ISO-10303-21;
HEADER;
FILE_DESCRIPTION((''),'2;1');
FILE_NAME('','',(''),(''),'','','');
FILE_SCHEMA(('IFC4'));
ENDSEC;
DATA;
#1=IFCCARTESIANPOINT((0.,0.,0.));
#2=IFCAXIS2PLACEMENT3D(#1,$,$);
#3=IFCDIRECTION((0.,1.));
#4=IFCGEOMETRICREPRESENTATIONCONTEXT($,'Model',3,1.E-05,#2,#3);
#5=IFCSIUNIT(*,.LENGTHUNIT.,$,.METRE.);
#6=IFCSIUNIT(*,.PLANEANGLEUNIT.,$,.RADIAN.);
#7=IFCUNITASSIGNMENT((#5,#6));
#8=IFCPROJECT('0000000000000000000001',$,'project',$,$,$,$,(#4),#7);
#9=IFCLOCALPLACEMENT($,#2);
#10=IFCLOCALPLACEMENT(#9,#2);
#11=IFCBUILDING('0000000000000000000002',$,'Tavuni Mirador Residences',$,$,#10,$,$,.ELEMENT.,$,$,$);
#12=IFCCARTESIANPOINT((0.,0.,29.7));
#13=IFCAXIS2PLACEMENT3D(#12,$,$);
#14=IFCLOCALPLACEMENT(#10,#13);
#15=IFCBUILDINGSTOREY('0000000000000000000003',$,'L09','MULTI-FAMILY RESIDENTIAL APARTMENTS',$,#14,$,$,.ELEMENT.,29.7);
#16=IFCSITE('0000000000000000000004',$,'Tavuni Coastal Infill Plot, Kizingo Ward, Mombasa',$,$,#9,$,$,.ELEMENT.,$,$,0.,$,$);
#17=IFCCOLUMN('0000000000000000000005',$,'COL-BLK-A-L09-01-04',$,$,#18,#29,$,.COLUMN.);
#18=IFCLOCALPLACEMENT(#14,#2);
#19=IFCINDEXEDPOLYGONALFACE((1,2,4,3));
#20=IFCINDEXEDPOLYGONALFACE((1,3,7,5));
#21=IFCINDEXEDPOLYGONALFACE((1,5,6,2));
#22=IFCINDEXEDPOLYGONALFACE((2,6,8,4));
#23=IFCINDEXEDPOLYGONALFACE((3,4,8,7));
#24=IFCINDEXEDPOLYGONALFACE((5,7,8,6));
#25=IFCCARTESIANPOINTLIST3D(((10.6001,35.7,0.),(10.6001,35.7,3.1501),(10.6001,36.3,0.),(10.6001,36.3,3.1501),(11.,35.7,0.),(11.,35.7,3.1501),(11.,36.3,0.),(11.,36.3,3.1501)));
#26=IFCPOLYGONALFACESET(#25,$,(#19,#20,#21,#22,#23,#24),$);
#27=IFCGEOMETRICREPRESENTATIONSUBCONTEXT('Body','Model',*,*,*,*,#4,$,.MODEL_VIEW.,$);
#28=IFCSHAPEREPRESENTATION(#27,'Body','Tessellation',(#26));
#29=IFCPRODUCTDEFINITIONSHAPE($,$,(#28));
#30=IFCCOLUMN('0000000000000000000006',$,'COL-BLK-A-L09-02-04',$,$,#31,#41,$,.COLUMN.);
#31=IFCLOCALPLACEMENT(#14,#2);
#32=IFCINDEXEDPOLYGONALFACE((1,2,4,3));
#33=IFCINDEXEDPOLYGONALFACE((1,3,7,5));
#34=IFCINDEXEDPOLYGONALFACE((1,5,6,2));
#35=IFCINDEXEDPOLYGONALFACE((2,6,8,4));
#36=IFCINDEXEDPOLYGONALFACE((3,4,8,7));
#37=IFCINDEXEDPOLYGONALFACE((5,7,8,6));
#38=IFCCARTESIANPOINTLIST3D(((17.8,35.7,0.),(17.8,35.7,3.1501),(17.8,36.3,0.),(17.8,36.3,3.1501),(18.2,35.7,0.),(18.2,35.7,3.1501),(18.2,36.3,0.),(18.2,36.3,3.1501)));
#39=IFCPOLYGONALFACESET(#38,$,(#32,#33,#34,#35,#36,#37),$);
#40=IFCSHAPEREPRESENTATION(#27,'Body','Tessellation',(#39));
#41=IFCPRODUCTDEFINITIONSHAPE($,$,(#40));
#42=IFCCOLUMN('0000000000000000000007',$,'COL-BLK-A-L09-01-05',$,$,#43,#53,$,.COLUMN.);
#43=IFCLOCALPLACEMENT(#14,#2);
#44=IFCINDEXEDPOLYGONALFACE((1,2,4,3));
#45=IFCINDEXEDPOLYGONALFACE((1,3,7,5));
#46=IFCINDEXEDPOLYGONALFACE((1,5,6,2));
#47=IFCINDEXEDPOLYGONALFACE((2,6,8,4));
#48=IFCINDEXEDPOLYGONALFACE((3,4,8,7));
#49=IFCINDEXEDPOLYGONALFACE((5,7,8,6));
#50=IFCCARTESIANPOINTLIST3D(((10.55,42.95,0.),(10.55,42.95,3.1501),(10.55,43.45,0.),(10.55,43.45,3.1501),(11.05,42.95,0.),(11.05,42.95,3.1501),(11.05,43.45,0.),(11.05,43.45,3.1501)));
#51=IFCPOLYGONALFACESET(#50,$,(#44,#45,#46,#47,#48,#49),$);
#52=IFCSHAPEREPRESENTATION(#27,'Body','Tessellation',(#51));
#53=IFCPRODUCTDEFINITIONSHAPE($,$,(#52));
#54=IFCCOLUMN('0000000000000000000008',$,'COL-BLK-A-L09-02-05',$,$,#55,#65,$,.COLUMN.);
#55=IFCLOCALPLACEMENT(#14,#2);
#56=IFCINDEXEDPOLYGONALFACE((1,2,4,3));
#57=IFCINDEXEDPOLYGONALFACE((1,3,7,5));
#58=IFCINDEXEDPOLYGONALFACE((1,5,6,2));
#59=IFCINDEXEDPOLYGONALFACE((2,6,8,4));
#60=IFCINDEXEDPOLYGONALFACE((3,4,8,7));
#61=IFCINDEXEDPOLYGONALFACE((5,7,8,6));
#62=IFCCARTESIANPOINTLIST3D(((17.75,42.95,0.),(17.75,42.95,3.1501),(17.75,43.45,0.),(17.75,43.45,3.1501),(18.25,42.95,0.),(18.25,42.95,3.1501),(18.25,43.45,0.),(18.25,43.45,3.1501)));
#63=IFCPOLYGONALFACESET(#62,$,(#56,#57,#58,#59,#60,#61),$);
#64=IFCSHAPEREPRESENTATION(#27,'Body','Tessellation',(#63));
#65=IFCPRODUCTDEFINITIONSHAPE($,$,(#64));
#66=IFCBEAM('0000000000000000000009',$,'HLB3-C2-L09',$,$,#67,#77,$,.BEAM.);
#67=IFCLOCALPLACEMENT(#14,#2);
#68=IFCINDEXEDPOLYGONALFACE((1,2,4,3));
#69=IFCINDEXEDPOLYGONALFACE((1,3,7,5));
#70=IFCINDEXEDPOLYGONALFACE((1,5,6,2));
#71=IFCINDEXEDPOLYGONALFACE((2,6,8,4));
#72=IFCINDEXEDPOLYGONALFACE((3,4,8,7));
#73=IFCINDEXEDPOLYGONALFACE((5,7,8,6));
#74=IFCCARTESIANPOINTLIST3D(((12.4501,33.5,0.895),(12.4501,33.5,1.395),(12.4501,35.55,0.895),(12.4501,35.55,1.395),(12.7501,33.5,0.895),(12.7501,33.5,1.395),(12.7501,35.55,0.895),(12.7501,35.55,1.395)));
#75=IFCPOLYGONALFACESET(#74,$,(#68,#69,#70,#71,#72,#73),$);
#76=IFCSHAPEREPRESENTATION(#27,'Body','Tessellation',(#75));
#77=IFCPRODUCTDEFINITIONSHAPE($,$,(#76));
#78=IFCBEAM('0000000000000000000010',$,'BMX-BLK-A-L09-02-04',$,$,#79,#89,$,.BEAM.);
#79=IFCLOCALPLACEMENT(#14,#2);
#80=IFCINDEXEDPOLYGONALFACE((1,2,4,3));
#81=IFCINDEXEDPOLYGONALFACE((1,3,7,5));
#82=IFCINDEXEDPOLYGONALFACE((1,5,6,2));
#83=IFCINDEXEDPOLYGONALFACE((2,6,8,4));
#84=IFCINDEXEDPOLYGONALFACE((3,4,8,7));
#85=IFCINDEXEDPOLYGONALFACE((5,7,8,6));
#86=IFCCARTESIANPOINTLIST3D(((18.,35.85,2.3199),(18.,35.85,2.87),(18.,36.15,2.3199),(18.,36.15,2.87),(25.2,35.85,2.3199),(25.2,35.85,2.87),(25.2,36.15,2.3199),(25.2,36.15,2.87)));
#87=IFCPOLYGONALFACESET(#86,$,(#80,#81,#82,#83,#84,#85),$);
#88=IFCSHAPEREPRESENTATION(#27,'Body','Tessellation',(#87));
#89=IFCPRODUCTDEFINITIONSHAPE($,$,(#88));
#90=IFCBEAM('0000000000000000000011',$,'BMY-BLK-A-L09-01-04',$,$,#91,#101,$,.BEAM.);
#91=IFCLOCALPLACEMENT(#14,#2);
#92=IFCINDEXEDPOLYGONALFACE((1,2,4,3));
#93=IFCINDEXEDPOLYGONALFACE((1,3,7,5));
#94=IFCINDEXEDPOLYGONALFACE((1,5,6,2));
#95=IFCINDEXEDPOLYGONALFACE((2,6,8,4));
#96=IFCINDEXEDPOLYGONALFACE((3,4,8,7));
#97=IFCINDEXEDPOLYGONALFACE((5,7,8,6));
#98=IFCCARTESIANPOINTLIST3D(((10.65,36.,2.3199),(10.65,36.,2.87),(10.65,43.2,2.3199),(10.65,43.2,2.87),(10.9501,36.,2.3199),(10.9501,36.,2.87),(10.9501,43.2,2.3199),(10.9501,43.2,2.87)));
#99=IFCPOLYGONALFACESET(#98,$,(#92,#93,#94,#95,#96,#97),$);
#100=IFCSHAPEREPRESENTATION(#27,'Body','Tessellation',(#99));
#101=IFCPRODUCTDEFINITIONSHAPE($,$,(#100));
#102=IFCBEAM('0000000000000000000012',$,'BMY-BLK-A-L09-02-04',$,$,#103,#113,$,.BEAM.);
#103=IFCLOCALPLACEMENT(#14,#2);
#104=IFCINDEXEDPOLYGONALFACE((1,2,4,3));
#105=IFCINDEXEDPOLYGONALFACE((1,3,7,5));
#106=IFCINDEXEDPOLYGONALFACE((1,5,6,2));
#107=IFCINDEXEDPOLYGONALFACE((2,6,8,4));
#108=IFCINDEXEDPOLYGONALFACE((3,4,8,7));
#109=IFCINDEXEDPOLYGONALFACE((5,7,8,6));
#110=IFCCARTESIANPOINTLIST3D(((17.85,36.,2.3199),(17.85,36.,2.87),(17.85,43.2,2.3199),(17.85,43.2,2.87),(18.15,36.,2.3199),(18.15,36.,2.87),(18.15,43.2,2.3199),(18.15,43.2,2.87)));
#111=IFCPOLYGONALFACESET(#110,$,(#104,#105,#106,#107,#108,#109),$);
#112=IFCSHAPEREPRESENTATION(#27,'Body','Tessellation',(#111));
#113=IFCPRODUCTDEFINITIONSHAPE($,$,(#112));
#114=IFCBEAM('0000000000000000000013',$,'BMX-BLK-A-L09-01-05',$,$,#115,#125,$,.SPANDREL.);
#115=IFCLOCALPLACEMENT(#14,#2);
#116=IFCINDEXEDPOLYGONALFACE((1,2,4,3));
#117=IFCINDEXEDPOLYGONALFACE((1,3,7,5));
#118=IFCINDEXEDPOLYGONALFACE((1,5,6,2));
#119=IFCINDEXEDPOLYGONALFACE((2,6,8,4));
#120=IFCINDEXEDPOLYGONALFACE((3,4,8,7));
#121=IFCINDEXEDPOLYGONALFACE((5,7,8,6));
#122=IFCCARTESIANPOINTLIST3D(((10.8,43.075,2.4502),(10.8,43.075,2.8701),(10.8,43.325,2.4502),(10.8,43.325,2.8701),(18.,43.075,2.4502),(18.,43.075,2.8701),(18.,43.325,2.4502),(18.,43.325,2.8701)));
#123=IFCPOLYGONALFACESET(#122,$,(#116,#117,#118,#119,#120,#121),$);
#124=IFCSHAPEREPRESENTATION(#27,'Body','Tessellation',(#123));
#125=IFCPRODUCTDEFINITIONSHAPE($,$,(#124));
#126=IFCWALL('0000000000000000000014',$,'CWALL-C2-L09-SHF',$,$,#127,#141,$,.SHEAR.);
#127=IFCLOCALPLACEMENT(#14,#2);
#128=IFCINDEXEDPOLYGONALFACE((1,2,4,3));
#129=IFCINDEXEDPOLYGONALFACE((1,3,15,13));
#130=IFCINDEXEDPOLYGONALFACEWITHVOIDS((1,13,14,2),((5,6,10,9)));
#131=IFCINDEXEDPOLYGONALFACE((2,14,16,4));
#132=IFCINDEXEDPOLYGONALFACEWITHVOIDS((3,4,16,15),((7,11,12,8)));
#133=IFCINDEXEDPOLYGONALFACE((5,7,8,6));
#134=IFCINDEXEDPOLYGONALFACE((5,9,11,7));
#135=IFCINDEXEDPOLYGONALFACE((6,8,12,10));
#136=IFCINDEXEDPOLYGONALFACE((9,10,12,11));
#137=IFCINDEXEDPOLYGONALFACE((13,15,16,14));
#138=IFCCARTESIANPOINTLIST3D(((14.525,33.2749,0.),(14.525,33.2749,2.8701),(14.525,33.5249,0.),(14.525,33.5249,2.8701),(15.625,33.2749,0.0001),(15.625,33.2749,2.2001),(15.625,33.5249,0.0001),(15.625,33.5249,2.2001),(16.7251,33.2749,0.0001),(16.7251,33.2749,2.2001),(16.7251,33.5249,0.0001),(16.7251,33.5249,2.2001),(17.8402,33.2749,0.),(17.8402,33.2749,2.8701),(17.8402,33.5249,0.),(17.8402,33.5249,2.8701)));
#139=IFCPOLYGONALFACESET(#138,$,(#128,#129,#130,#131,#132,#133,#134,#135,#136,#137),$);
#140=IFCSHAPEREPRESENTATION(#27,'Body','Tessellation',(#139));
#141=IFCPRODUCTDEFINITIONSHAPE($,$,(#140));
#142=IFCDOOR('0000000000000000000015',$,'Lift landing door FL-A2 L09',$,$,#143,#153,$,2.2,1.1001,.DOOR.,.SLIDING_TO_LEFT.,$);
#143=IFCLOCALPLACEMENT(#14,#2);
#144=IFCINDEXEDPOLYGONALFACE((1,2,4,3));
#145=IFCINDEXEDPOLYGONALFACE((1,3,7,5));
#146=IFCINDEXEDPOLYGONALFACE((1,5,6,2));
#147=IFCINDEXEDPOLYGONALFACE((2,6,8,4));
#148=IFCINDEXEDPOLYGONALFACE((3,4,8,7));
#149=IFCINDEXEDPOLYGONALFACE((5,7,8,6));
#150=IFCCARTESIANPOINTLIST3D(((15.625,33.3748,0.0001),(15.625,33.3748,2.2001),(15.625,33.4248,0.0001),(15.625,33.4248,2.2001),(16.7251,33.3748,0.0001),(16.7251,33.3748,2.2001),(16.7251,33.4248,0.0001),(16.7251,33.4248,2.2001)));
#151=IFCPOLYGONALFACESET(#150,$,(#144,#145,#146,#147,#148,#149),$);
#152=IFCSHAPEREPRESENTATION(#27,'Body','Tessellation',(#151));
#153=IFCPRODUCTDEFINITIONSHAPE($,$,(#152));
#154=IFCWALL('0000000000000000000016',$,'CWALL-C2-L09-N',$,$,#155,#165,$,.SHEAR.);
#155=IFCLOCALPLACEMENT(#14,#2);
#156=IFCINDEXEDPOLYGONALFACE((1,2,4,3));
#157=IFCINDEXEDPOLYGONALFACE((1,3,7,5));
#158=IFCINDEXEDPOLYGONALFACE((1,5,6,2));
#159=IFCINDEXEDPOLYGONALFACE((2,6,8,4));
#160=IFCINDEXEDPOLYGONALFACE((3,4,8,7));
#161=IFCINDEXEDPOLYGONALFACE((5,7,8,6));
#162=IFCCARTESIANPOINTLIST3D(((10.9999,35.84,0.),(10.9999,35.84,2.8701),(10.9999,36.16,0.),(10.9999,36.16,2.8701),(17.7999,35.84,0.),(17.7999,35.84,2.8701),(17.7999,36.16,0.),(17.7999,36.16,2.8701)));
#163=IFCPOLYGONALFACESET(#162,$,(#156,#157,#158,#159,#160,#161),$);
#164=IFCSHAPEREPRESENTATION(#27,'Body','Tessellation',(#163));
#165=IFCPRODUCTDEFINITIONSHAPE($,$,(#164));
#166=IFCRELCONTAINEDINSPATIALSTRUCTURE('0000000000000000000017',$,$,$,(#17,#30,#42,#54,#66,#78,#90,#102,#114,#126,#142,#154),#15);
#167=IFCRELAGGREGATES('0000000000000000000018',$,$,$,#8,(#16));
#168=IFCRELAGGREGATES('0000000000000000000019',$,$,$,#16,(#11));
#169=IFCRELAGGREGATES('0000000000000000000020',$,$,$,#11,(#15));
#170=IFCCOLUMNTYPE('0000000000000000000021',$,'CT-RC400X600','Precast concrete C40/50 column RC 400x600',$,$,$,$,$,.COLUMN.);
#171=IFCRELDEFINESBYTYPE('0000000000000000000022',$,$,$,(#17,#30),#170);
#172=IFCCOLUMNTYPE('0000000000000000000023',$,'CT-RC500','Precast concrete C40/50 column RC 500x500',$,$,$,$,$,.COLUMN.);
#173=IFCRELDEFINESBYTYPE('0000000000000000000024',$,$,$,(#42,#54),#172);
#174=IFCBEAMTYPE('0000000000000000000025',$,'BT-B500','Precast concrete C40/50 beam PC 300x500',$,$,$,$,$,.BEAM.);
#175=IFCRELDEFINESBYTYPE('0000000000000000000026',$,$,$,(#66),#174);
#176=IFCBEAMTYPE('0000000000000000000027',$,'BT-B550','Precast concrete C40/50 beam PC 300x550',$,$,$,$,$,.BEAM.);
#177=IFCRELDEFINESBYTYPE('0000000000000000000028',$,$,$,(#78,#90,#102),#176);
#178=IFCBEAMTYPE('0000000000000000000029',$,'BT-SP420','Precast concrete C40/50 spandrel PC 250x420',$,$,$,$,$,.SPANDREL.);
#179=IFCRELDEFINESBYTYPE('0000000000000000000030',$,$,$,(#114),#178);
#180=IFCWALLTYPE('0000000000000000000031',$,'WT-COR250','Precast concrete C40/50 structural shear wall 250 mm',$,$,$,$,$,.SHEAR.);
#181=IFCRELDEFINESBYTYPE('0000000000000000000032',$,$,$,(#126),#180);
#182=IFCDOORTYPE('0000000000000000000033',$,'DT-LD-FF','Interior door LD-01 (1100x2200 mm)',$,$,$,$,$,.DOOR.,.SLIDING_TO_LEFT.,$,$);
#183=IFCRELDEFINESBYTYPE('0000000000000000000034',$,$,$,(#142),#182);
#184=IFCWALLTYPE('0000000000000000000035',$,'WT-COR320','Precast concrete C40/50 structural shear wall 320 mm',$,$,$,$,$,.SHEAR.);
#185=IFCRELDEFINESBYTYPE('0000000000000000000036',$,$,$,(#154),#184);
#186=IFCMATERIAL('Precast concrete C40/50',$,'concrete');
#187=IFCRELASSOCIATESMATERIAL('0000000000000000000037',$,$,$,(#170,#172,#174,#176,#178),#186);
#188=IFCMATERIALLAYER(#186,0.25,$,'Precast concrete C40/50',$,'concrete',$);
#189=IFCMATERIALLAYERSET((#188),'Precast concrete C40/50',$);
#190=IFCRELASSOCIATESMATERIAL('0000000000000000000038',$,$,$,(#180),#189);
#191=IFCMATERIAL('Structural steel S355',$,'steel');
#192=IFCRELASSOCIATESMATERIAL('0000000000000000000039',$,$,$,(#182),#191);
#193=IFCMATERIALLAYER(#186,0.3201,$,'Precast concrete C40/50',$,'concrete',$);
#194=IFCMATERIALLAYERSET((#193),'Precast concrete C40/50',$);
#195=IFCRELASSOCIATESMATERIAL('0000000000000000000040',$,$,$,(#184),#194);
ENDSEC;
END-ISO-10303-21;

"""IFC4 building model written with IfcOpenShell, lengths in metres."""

from ifc_helpers import new_model, si_unit, direction, frame, frame_2d, origin, origin_2d, place, context, subcontext, project, spatial, rectangle, extrude, material, layer, layer_set, material_profile, profile_set, type_object, element, fill, save


model = new_model("IFC4")

# Units and contexts
model_context = context("Model", 3, precision=1e-05, world=origin(), true_north=direction((0.0, 1.0)))
body_context = subcontext(model_context, "Body", "Model", "MODEL_VIEW")
ifc_project = project(units=[si_unit("LENGTHUNIT", "METRE"), si_unit("PLANEANGLEUNIT", "RADIAN")], contexts=[model_context])

# Site, building, storey
site_placement = place(None, origin())
site = spatial("IfcSite", under=ifc_project, at=site_placement, Name="Tavuni Coastal Infill Plot, Kizingo Ward, Mombasa", CompositionType="ELEMENT", RefElevation=0.0)
building_placement = place(site_placement, origin())
building = spatial("IfcBuilding", under=site, at=building_placement, Name="Tavuni Mirador Residences", CompositionType="ELEMENT")
storey_placement = place(building_placement, frame((0.0, 0.0, 29.7)))
storey = spatial("IfcBuildingStorey", under=building, at=storey_placement, Name="L09", Description="MULTI-FAMILY RESIDENTIAL APARTMENTS", CompositionType="ELEMENT", Elevation=29.7)

# Columns
ifc_material_1 = material(Name="Precast concrete C40/50", Category="concrete")
ifc_material_profile_1 = material_profile(ifc_material_1, rectangle(XDim=0.3999, YDim=0.6001, at=origin_2d()), Name="RC 400x600", Category="concrete")
ifc_profile_set_1 = profile_set([ifc_material_profile_1], Name="Precast concrete C40/50")
column_type_1 = type_object("IfcColumnType", Name="CT-RC400X600", Description="Precast concrete C40/50 column RC 400x600", PredefinedType="COLUMN", material=ifc_profile_set_1)
for number, where, z_axis, x_axis, name in (
    (1, (10.8, 36.0, 0.0), (0.0, 0.0, 1.0), (1.0, 0.0, 0.0), "COL-BLK-A-L09-01-04"),
    (2, (18.0, 36.0, 0.0), (0.0, 0.0, 1.0), (1.0, 0.0, 0.0), "COL-BLK-A-L09-02-04"),
):
    element("IfcColumn", number, at=place(storey_placement, frame(where, z_axis=z_axis, x_axis=x_axis)), inside=storey, type_object=column_type_1, Name=name, PredefinedType="COLUMN", context=body_context, shape_type="SweptSolid", body=[
        extrude(rectangle(XDim=0.3999, YDim=0.6001, at=origin_2d()), origin(), (0.0, 0.0, 1.0), 3.1501),
    ])
ifc_material_profile_2 = material_profile(ifc_material_1, rectangle(XDim=0.5, YDim=0.5, at=origin_2d()), Name="RC 500x500", Category="concrete")
ifc_profile_set_2 = profile_set([ifc_material_profile_2], Name="Precast concrete C40/50")
column_type_2 = type_object("IfcColumnType", Name="CT-RC500", Description="Precast concrete C40/50 column RC 500x500", PredefinedType="COLUMN", material=ifc_profile_set_2)
for number, where, z_axis, x_axis, name in (
    (3, (10.8, 43.2, 0.0), (0.0, 0.0, 1.0), (1.0, 0.0, 0.0), "COL-BLK-A-L09-01-05"),
    (4, (18.0, 43.2, 0.0), (0.0, 0.0, 1.0), (1.0, 0.0, 0.0), "COL-BLK-A-L09-02-05"),
):
    element("IfcColumn", number, at=place(storey_placement, frame(where, z_axis=z_axis, x_axis=x_axis)), inside=storey, type_object=column_type_2, Name=name, PredefinedType="COLUMN", context=body_context, shape_type="SweptSolid", body=[
        extrude(rectangle(XDim=0.5, YDim=0.5, at=origin_2d()), origin(), (0.0, 0.0, 1.0), 3.1501),
    ])

# Beams
ifc_material_profile_3 = material_profile(ifc_material_1, rectangle(XDim=0.3, YDim=0.5, at=origin_2d()), Name="PC 300x500", Category="concrete")
ifc_profile_set_3 = profile_set([ifc_material_profile_3], Name="Precast concrete C40/50")
beam_type_1 = type_object("IfcBeamType", Name="BT-B500", Description="Precast concrete C40/50 beam PC 300x500", PredefinedType="BEAM", material=ifc_profile_set_3)
beam_1_placement = place(storey_placement, frame((12.6001, 33.5, 1.145), z_axis=(0.0, 1.0, 0.0), x_axis=(-1.0, 0.0, 0.0)))
element("IfcBeam", 5, at=beam_1_placement, inside=storey, type_object=beam_type_1, Name="HLB3-C2-L09", PredefinedType="BEAM", context=body_context, shape_type="SweptSolid", body=[
    extrude(rectangle(XDim=0.3, YDim=0.5, at=origin_2d()), origin(), (0.0, 0.0, 1.0), 2.05),
])
ifc_material_profile_4 = material_profile(ifc_material_1, rectangle(XDim=0.3, YDim=0.55, at=origin_2d()), Name="PC 300x550", Category="concrete")
ifc_profile_set_4 = profile_set([ifc_material_profile_4], Name="Precast concrete C40/50")
beam_type_2 = type_object("IfcBeamType", Name="BT-B550", Description="Precast concrete C40/50 beam PC 300x550", PredefinedType="BEAM", material=ifc_profile_set_4)
for number, where, z_axis, x_axis, name in (
    (6, (18.0, 36.0, 2.595), (1.0, 0.0, 0.0), (0.0, 1.0, 0.0), "BMX-BLK-A-L09-02-04"),
    (7, (10.8, 36.0, 2.595), (0.0, 1.0, 0.0), (-1.0, 0.0, 0.0), "BMY-BLK-A-L09-01-04"),
    (8, (18.0, 36.0, 2.595), (0.0, 1.0, 0.0), (-1.0, 0.0, 0.0), "BMY-BLK-A-L09-02-04"),
):
    element("IfcBeam", number, at=place(storey_placement, frame(where, z_axis=z_axis, x_axis=x_axis)), inside=storey, type_object=beam_type_2, Name=name, PredefinedType="BEAM", context=body_context, shape_type="SweptSolid", body=[
        extrude(rectangle(XDim=0.3, YDim=0.55, at=origin_2d()), origin(), (0.0, 0.0, 1.0), 7.2),
    ])
ifc_material_profile_5 = material_profile(ifc_material_1, rectangle(XDim=0.25, YDim=0.4199, at=origin_2d()), Name="PC 250x420", Category="concrete")
ifc_profile_set_5 = profile_set([ifc_material_profile_5], Name="Precast concrete C40/50")
beam_type_3 = type_object("IfcBeamType", Name="BT-SP420", Description="Precast concrete C40/50 spandrel PC 250x420", PredefinedType="SPANDREL", material=ifc_profile_set_5)
beam_2_placement = place(storey_placement, frame((10.8, 43.2, 2.6602), z_axis=(1.0, 0.0, 0.0), x_axis=(0.0, 1.0, 0.0)))
element("IfcBeam", 9, at=beam_2_placement, inside=storey, type_object=beam_type_3, Name="BMX-BLK-A-L09-01-05", PredefinedType="SPANDREL", context=body_context, shape_type="SweptSolid", body=[
    extrude(rectangle(XDim=0.25, YDim=0.4199, at=origin_2d()), origin(), (0.0, 0.0, 1.0), 7.2),
])

# Wall, opening, door
ifc_layer_1 = layer(ifc_material_1, 0.25, Name="Precast concrete C40/50", Category="concrete")
ifc_layer_set_1 = layer_set([ifc_layer_1], Name="Precast concrete C40/50")
wall_type_1 = type_object("IfcWallType", Name="WT-COR250", Description="Precast concrete C40/50 structural shear wall 250 mm", PredefinedType="SHEAR", material=ifc_layer_set_1)
wall_1_placement = place(storey_placement, frame((14.5249, 33.3999, 0.0), z_axis=(0.0, 0.0, 1.0), x_axis=(1.0, 0.0, 0.0)))
wall_1 = element("IfcWall", 10, at=wall_1_placement, inside=storey, type_object=wall_type_1, Name="CWALL-C2-L09-SHF", PredefinedType="SHEAR", context=body_context, shape_type="SweptSolid", body=[
    extrude(rectangle(XDim=3.3152, YDim=0.25, at=frame_2d((1.6577, 0.0))), origin(), (0.0, 0.0, 1.0), 2.8701),
])
opening_1_placement = place(wall_1_placement, frame((1.1001, 0.0, 0.0)))
opening_1 = element("IfcOpeningElement", 11, at=opening_1_placement, cuts=wall_1, PredefinedType="OPENING", context=body_context, shape_type="SweptSolid", body=[
    extrude(rectangle(XDim=1.1001, YDim=2.2, at=frame_2d((0.55, 1.1001))), frame((0.0, 0.135, 0.0), z_axis=(0.0, -1.0, 0.0), x_axis=(1.0, 0.0, 0.0)), (0.0, 0.0, 1.0), 0.27),
])
ifc_material_2 = material(Name="Structural steel S355", Category="steel")
door_type_1 = type_object("IfcDoorType", Name="DT-LD-FF", Description="Interior door LD-01 (1100x2200 mm)", OperationType="SLIDING_TO_LEFT", PredefinedType="DOOR", material=ifc_material_2)
door_1_placement = place(opening_1_placement, origin())
door_1 = element("IfcDoor", 12, at=door_1_placement, inside=storey, type_object=door_type_1, Name="Lift landing door FL-A2 L09", OperationType="SLIDING_TO_LEFT", OverallHeight=2.2, OverallWidth=1.1001, PredefinedType="DOOR", context=body_context, shape_type="SweptSolid", body=[
    extrude(rectangle(XDim=1.1001, YDim=2.2, at=frame_2d((0.55, 1.1001))), frame((0.0, 0.0249, 0.0), z_axis=(0.0, -1.0, 0.0), x_axis=(1.0, 0.0, 0.0)), (0.0, 0.0, 1.0), 0.05),
])
fill(opening_1, door_1)

# Wall
ifc_layer_2 = layer(ifc_material_1, 0.3201, Name="Precast concrete C40/50", Category="concrete")
ifc_layer_set_2 = layer_set([ifc_layer_2], Name="Precast concrete C40/50")
wall_type_2 = type_object("IfcWallType", Name="WT-COR320", Description="Precast concrete C40/50 structural shear wall 320 mm", PredefinedType="SHEAR", material=ifc_layer_set_2)
wall_2_placement = place(storey_placement, frame((11.0, 36.0, 0.0), z_axis=(0.0, 0.0, 1.0), x_axis=(1.0, 0.0, 0.0)))
element("IfcWall", 13, at=wall_2_placement, inside=storey, type_object=wall_type_2, Name="CWALL-C2-L09-N", PredefinedType="SHEAR", context=body_context, shape_type="SweptSolid", body=[
    extrude(rectangle(XDim=6.8, YDim=0.3201, at=frame_2d((3.3999, 0.0))), origin(), (0.0, 0.0, 1.0), 2.8701),
])

save(model, "model.ifc")
